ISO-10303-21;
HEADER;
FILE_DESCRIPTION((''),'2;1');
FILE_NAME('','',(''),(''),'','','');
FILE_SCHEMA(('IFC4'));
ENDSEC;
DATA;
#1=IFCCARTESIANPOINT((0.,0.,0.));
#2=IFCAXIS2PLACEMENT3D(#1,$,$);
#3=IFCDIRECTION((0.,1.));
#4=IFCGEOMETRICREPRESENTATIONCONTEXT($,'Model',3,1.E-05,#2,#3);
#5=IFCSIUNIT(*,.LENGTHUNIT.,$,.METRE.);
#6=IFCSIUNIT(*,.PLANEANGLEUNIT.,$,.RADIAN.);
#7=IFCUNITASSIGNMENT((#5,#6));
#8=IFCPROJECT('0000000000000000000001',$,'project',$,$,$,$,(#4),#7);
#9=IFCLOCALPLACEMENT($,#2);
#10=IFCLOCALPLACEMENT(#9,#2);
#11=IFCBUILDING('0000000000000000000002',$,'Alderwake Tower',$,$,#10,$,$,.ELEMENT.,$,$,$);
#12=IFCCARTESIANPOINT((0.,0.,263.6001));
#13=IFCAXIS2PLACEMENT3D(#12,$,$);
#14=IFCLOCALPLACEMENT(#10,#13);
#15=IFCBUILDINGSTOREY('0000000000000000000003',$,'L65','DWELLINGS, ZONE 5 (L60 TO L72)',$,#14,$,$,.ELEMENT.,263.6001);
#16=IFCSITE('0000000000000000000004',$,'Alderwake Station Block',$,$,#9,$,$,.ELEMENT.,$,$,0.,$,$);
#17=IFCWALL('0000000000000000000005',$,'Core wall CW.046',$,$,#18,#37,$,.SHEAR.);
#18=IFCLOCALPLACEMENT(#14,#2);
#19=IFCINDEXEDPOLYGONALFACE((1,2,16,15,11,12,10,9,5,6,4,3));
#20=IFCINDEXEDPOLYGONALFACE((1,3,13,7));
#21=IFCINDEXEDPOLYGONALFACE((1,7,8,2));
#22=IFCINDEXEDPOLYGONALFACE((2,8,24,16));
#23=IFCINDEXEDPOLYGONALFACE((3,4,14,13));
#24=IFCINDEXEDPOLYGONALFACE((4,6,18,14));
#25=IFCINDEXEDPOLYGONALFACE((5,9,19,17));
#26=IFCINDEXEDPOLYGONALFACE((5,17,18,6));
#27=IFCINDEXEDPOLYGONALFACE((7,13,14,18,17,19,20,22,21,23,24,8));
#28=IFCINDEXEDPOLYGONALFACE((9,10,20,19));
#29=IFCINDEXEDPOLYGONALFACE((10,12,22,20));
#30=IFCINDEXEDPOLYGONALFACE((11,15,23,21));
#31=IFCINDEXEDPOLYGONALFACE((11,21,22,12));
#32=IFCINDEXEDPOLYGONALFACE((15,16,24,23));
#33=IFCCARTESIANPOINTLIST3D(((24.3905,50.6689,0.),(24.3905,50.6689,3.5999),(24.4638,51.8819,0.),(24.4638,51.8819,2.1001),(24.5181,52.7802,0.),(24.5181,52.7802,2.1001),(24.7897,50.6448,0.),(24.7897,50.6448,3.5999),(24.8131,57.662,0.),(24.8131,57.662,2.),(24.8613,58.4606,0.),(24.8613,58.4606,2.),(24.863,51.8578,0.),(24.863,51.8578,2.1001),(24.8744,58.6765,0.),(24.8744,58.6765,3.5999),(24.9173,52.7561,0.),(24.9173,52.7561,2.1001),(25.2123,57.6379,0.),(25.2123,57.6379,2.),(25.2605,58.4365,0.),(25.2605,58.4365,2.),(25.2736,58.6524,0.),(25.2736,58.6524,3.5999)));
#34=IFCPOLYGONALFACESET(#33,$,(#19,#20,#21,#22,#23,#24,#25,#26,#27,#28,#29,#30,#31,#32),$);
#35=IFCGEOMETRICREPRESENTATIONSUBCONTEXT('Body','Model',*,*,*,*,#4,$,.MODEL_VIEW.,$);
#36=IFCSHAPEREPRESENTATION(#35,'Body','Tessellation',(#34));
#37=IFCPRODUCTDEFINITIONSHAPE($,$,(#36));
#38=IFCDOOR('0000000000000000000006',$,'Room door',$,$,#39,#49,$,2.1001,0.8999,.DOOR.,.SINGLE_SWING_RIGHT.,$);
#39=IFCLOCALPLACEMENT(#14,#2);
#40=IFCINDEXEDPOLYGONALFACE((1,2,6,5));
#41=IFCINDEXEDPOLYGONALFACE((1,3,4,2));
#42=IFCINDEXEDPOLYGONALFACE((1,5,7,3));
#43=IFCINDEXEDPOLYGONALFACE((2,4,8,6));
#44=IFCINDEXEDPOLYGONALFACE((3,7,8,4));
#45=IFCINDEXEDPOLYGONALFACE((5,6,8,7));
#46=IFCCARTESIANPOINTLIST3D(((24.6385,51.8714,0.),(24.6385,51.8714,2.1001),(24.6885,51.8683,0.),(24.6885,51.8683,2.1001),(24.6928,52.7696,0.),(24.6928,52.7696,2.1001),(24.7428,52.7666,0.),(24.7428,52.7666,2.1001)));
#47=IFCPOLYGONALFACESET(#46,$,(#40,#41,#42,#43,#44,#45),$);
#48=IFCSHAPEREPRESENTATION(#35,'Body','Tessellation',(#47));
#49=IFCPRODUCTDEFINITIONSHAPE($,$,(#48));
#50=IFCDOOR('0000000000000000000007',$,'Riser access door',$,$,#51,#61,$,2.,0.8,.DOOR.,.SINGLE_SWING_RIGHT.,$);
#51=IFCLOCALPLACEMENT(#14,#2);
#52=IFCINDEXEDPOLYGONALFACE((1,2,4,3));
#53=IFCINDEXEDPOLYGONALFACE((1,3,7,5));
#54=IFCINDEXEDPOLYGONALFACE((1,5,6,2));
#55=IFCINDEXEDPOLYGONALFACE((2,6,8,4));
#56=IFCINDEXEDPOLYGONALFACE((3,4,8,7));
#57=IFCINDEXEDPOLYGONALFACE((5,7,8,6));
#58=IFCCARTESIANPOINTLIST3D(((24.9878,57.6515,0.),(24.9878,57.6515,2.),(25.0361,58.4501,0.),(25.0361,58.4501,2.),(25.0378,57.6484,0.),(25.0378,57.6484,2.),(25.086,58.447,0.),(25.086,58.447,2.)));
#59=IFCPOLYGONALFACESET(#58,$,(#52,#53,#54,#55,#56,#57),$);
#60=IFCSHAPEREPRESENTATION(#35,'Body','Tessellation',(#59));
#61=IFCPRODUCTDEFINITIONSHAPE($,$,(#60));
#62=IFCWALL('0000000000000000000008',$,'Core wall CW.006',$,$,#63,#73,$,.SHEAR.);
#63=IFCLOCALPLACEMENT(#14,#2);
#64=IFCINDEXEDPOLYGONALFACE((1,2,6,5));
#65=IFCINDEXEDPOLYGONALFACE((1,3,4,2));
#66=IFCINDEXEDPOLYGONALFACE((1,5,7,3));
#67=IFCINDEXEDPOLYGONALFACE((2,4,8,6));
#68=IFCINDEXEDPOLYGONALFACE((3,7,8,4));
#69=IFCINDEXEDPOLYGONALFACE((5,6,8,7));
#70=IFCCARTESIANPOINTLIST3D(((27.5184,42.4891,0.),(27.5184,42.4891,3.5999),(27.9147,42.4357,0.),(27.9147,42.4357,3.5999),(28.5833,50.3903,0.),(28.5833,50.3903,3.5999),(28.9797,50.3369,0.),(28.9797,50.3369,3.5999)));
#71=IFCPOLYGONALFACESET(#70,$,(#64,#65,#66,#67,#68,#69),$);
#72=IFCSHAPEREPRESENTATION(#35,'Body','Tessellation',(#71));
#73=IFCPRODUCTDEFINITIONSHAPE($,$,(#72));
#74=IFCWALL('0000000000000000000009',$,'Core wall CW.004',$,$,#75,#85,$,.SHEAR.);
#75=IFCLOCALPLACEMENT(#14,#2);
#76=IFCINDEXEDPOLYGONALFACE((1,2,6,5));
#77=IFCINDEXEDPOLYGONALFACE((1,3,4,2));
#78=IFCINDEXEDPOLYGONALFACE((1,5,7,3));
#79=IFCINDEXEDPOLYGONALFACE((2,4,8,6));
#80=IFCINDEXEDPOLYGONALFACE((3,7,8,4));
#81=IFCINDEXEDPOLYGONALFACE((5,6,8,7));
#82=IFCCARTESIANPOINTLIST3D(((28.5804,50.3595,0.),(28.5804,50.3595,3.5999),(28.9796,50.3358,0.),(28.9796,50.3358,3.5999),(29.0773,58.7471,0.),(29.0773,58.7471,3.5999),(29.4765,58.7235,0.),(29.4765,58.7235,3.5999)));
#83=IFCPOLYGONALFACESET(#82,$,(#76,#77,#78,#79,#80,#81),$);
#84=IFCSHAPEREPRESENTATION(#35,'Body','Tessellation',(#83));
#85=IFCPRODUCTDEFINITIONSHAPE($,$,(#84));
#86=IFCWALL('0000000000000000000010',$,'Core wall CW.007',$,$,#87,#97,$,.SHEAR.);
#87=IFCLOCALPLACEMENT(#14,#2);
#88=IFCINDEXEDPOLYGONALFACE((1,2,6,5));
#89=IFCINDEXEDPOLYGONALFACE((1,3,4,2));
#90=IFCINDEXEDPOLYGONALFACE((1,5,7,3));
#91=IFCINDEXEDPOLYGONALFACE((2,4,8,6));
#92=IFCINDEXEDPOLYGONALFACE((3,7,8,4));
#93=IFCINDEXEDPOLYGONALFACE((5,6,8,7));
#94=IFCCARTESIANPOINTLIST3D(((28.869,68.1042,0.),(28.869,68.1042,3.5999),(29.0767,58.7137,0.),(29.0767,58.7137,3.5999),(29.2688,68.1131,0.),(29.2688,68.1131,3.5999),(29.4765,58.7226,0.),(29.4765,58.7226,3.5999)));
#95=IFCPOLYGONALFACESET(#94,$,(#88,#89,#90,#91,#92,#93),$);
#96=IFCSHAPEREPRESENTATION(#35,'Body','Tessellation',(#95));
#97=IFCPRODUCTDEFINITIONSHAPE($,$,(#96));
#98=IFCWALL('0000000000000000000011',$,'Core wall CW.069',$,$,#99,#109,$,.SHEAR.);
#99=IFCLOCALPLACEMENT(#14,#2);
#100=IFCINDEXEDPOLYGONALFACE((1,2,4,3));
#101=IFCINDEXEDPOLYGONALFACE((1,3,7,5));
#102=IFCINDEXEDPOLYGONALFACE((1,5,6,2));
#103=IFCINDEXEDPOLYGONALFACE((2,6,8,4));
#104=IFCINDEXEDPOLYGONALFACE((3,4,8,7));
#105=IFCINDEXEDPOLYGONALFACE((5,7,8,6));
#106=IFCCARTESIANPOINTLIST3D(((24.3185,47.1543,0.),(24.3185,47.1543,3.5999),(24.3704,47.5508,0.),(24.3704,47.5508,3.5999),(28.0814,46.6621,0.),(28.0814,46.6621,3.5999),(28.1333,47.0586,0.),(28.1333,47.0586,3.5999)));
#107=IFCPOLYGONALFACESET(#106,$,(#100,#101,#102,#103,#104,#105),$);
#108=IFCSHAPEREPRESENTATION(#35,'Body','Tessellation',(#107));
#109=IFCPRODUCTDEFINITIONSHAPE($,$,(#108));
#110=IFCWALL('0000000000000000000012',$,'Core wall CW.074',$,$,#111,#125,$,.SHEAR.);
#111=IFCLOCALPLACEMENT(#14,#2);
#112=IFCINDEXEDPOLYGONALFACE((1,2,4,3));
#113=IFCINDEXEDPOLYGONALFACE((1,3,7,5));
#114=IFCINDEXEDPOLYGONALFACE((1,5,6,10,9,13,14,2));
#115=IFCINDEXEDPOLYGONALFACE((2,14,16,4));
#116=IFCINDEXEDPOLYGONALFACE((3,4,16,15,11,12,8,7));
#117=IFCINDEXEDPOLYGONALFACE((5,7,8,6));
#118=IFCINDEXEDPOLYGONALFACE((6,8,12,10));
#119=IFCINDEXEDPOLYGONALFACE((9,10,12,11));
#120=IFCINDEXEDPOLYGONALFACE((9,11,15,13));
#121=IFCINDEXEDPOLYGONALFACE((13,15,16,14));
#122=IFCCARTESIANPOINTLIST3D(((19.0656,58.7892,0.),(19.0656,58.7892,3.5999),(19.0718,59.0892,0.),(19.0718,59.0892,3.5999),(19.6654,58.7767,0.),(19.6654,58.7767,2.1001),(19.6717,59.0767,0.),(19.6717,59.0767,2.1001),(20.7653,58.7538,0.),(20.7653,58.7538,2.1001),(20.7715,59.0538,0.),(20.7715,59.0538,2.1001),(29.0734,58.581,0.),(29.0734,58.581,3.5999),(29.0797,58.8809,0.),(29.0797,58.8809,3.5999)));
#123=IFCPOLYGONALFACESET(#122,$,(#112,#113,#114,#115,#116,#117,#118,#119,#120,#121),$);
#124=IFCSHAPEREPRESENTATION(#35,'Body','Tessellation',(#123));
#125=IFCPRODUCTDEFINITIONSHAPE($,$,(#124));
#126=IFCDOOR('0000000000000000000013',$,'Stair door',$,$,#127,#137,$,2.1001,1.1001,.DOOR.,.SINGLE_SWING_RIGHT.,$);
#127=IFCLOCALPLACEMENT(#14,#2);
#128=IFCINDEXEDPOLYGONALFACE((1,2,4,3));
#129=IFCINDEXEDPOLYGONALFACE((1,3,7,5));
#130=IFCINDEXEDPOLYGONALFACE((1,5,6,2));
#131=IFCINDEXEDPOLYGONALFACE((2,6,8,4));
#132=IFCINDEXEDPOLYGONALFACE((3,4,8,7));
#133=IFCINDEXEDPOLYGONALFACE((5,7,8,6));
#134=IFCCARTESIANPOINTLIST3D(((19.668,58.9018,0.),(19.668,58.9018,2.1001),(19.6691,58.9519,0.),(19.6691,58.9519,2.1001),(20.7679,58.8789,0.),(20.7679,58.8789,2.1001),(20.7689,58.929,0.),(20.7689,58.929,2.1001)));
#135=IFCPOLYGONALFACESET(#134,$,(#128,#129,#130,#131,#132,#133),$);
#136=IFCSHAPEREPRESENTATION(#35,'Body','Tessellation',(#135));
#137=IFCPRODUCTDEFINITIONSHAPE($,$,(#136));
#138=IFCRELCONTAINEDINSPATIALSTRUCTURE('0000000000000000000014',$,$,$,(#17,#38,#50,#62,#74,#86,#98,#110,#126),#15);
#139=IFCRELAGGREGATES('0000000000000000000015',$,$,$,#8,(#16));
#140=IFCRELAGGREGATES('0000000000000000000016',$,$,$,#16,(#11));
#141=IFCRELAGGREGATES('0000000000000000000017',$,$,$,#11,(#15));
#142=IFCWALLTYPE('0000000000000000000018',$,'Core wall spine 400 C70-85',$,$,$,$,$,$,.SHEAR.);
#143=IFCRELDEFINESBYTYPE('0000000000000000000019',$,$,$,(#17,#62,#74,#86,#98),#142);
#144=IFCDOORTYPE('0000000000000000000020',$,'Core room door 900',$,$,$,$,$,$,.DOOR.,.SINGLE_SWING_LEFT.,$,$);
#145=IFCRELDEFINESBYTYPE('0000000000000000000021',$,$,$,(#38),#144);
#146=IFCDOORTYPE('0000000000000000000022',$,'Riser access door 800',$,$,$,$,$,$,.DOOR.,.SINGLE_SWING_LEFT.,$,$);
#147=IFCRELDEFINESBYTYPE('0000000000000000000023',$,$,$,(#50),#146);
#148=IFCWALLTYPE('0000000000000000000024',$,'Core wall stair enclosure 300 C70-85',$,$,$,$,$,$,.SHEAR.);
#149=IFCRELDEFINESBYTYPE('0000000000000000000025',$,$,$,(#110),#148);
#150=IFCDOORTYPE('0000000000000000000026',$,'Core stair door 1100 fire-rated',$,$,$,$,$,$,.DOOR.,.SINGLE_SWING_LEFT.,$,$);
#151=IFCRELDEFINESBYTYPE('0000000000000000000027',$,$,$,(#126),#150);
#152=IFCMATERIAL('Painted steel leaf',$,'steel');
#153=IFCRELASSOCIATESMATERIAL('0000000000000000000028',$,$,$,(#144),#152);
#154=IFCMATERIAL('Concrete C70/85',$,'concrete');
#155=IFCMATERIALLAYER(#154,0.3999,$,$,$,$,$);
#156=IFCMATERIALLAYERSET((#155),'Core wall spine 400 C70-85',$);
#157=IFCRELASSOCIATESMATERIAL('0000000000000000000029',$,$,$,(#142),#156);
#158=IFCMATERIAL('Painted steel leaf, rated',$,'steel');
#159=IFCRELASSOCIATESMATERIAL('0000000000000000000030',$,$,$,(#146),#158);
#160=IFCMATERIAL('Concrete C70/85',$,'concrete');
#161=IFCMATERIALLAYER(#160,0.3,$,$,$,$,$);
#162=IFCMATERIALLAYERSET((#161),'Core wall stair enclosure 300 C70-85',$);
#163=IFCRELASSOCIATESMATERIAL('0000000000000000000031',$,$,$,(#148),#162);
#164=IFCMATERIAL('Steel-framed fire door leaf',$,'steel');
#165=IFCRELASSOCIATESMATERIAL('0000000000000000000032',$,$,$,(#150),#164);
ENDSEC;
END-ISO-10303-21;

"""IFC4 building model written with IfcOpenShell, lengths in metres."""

from ifc_helpers import new_model, si_unit, direction, frame, frame_2d, origin, place, context, subcontext, project, spatial, rectangle, extrude, material, layer, layer_set, type_object, element, fill, save


model = new_model("IFC4")

# Units and contexts
model_context = context("Model", 3, precision=1e-05, world=origin(), true_north=direction((0.0, 1.0)))
body_context = subcontext(model_context, "Body", "Model", "MODEL_VIEW")
ifc_project = project(units=[si_unit("LENGTHUNIT", "METRE"), si_unit("PLANEANGLEUNIT", "RADIAN")], contexts=[model_context])

# Site, building, storey
site_placement = place(None, origin())
site = spatial("IfcSite", under=ifc_project, at=site_placement, Name="Alderwake Station Block", CompositionType="ELEMENT", RefElevation=0.0)
building_placement = place(site_placement, origin())
building = spatial("IfcBuilding", under=site, at=building_placement, Name="Alderwake Tower", CompositionType="ELEMENT")
storey_placement = place(building_placement, frame((0.0, 0.0, 263.6001)))
storey = spatial("IfcBuildingStorey", under=building, at=storey_placement, Name="L65", Description="DWELLINGS, ZONE 5 (L60 TO L72)", CompositionType="ELEMENT", Elevation=263.6001)

# Shared definitions
ifc_material_1 = material(Name="Painted steel leaf", Category="steel")
door_type_1 = type_object("IfcDoorType", Name="Core room door 900", OperationType="SINGLE_SWING_LEFT", PredefinedType="DOOR", material=ifc_material_1)

# Wall, openings, doors
ifc_material_2 = material(Name="Concrete C70/85", Category="concrete")
ifc_layer_1 = layer(ifc_material_2, 0.3999)
ifc_layer_set_1 = layer_set([ifc_layer_1], Name="Core wall spine 400 C70-85")
wall_type_1 = type_object("IfcWallType", Name="Core wall spine 400 C70-85", PredefinedType="SHEAR", material=ifc_layer_set_1)
ifc_material_3 = material(Name="Painted steel leaf, rated", Category="steel")
door_type_2 = type_object("IfcDoorType", Name="Riser access door 800", OperationType="SINGLE_SWING_LEFT", PredefinedType="DOOR", material=ifc_material_3)
wall_1_placement = place(storey_placement, frame((24.5901, 50.6567, 0.0), z_axis=(0.0, 0.0, 1.0), x_axis=(0.060319, 0.998179, 0.0)))
wall_1 = element("IfcWall", 1, at=wall_1_placement, inside=storey, type_object=wall_type_1, Name="Core wall CW.046", PredefinedType="SHEAR", context=body_context, shape_type="SweptSolid", body=[
    extrude(rectangle(XDim=8.0222, YDim=0.3999, at=frame_2d((4.0112, 0.0))), origin(), (0.0, 0.0, 1.0), 3.5999),
])
opening_1_placement = place(wall_1_placement, frame((7.0061, 0.0, 0.0)))
opening_1 = element("IfcOpeningElement", 2, at=opening_1_placement, cuts=wall_1, PredefinedType="OPENING", context=body_context, shape_type="SweptSolid", body=[
    extrude(rectangle(XDim=0.8, YDim=2.0, at=frame_2d((0.3999, 1.0))), frame((0.0, 0.21, 0.0), z_axis=(0.0, -1.0, 0.0), x_axis=(1.0, 0.0, 0.0)), (0.0, 0.0, 1.0), 0.4199),
])
opening_2_placement = place(wall_1_placement, frame((1.2153, 0.0, 0.0)))
opening_2 = element("IfcOpeningElement", 3, at=opening_2_placement, cuts=wall_1, PredefinedType="OPENING", context=body_context, shape_type="SweptSolid", body=[
    extrude(rectangle(XDim=0.8999, YDim=2.1001, at=frame_2d((0.45, 1.05))), frame((0.0, 0.21, 0.0), z_axis=(0.0, -1.0, 0.0), x_axis=(1.0, 0.0, 0.0)), (0.0, 0.0, 1.0), 0.4199),
])
door_1_placement = place(opening_2_placement, origin())
door_1 = element("IfcDoor", 4, at=door_1_placement, inside=storey, type_object=door_type_1, Name="Room door", OperationType="SINGLE_SWING_RIGHT", OverallHeight=2.1001, OverallWidth=0.8999, PredefinedType="DOOR", context=body_context, shape_type="SweptSolid", body=[
    extrude(rectangle(XDim=0.8999, YDim=2.1001, at=frame_2d((0.45, 1.05))), frame((0.0, 0.0249, 0.0), z_axis=(0.0, -1.0, 0.0), x_axis=(1.0, 0.0, 0.0)), (0.0, 0.0, 1.0), 0.05),
])
fill(opening_2, door_1)
door_2_placement = place(opening_1_placement, origin())
door_2 = element("IfcDoor", 5, at=door_2_placement, inside=storey, type_object=door_type_2, Name="Riser access door", OperationType="SINGLE_SWING_RIGHT", OverallHeight=2.0, OverallWidth=0.8, PredefinedType="DOOR", context=body_context, shape_type="SweptSolid", body=[
    extrude(rectangle(XDim=0.8, YDim=2.0, at=frame_2d((0.3999, 1.0))), frame((0.0, 0.0249, 0.0), z_axis=(0.0, -1.0, 0.0), x_axis=(1.0, 0.0, 0.0)), (0.0, 0.0, 1.0), 0.05),
])
fill(opening_1, door_2)

# Walls
wall_2_placement = place(storey_placement, frame((27.7166, 42.4624, 0.0), z_axis=(0.0, 0.0, 1.0), x_axis=(0.133576, 0.991039, 0.0)))
element("IfcWall", 6, at=wall_2_placement, inside=storey, type_object=wall_type_1, Name="Core wall CW.006", PredefinedType="SHEAR", context=body_context, shape_type="SweptSolid", body=[
    extrude(rectangle(XDim=7.9727, YDim=0.3999, at=frame_2d((3.9863, 0.0))), origin(), (0.0, 0.0, 1.0), 3.5999),
])
wall_3_placement = place(storey_placement, frame((28.78, 50.3477, 0.0), z_axis=(0.0, 0.0, 1.0), x_axis=(0.059129, 0.99825, 0.0)))
element("IfcWall", 7, at=wall_3_placement, inside=storey, type_object=wall_type_1, Name="Core wall CW.004", PredefinedType="SHEAR", context=body_context, shape_type="SweptSolid", body=[
    extrude(rectangle(XDim=8.4023, YDim=0.3999, at=frame_2d((4.2012, 0.0))), origin(), (0.0, 0.0, 1.0), 3.5999),
])
wall_4_placement = place(storey_placement, frame((29.2766, 58.7183, 0.0), z_axis=(0.0, 0.0, 1.0), x_axis=(-0.022119, 0.999755, 0.0)))
element("IfcWall", 8, at=wall_4_placement, inside=storey, type_object=wall_type_1, Name="Core wall CW.007", PredefinedType="SHEAR", context=body_context, shape_type="SweptSolid", body=[
    extrude(rectangle(XDim=9.3928, YDim=0.3999, at=frame_2d((4.6963, 0.0))), origin(), (0.0, 0.0, 1.0), 3.5999),
])
wall_5_placement = place(storey_placement, frame((24.3445, 47.3525, 0.0), z_axis=(0.0, 0.0, 1.0), x_axis=(0.991554, -0.129694, 0.0)))
element("IfcWall", 9, at=wall_5_placement, inside=storey, type_object=wall_type_1, Name="Core wall CW.069", PredefinedType="SHEAR", context=body_context, shape_type="SweptSolid", body=[
    extrude(rectangle(XDim=3.7949, YDim=0.3999, at=frame_2d((1.8975, 0.0))), origin(), (0.0, 0.0, 1.0), 3.5999),
])

# Wall, opening, door
ifc_material_4 = material(Name="Concrete C70/85", Category="concrete")
ifc_layer_2 = layer(ifc_material_4, 0.3)
ifc_layer_set_2 = layer_set([ifc_layer_2], Name="Core wall stair enclosure 300 C70-85")
wall_type_2 = type_object("IfcWallType", Name="Core wall stair enclosure 300 C70-85", PredefinedType="SHEAR", material=ifc_layer_set_2)
wall_6_placement = place(storey_placement, frame((29.0764, 58.731, 0.0), z_axis=(0.0, 0.0, 1.0), x_axis=(-0.999784, 0.020804, 0.0)))
wall_6 = element("IfcWall", 10, at=wall_6_placement, inside=storey, type_object=wall_type_2, Name="Core wall CW.074", PredefinedType="SHEAR", context=body_context, shape_type="SweptSolid", body=[
    extrude(rectangle(XDim=10.01, YDim=0.3, at=frame_2d((5.0049, 0.0))), origin(), (0.0, 0.0, 1.0), 3.5999),
])
opening_3_placement = place(wall_6_placement, frame((8.3098, 0.0, 0.0)))
opening_3 = element("IfcOpeningElement", 11, at=opening_3_placement, cuts=wall_6, PredefinedType="OPENING", context=body_context, shape_type="SweptSolid", body=[
    extrude(rectangle(XDim=1.1001, YDim=2.1001, at=frame_2d((0.55, 1.05))), frame((0.0, 0.1599, 0.0), z_axis=(0.0, -1.0, 0.0), x_axis=(1.0, 0.0, 0.0)), (0.0, 0.0, 1.0), 0.3201),
])
ifc_material_5 = material(Name="Steel-framed fire door leaf", Category="steel")
door_type_3 = type_object("IfcDoorType", Name="Core stair door 1100 fire-rated", OperationType="SINGLE_SWING_LEFT", PredefinedType="DOOR", material=ifc_material_5)
door_3_placement = place(opening_3_placement, origin())
door_3 = element("IfcDoor", 12, at=door_3_placement, inside=storey, type_object=door_type_3, Name="Stair door", OperationType="SINGLE_SWING_RIGHT", OverallHeight=2.1001, OverallWidth=1.1001, PredefinedType="DOOR", context=body_context, shape_type="SweptSolid", body=[
    extrude(rectangle(XDim=1.1001, YDim=2.1001, at=frame_2d((0.55, 1.05))), frame((0.0, 0.0249, 0.0), z_axis=(0.0, -1.0, 0.0), x_axis=(1.0, 0.0, 0.0)), (0.0, 0.0, 1.0), 0.05),
])
fill(opening_3, door_3)

save(model, "model.ifc")
